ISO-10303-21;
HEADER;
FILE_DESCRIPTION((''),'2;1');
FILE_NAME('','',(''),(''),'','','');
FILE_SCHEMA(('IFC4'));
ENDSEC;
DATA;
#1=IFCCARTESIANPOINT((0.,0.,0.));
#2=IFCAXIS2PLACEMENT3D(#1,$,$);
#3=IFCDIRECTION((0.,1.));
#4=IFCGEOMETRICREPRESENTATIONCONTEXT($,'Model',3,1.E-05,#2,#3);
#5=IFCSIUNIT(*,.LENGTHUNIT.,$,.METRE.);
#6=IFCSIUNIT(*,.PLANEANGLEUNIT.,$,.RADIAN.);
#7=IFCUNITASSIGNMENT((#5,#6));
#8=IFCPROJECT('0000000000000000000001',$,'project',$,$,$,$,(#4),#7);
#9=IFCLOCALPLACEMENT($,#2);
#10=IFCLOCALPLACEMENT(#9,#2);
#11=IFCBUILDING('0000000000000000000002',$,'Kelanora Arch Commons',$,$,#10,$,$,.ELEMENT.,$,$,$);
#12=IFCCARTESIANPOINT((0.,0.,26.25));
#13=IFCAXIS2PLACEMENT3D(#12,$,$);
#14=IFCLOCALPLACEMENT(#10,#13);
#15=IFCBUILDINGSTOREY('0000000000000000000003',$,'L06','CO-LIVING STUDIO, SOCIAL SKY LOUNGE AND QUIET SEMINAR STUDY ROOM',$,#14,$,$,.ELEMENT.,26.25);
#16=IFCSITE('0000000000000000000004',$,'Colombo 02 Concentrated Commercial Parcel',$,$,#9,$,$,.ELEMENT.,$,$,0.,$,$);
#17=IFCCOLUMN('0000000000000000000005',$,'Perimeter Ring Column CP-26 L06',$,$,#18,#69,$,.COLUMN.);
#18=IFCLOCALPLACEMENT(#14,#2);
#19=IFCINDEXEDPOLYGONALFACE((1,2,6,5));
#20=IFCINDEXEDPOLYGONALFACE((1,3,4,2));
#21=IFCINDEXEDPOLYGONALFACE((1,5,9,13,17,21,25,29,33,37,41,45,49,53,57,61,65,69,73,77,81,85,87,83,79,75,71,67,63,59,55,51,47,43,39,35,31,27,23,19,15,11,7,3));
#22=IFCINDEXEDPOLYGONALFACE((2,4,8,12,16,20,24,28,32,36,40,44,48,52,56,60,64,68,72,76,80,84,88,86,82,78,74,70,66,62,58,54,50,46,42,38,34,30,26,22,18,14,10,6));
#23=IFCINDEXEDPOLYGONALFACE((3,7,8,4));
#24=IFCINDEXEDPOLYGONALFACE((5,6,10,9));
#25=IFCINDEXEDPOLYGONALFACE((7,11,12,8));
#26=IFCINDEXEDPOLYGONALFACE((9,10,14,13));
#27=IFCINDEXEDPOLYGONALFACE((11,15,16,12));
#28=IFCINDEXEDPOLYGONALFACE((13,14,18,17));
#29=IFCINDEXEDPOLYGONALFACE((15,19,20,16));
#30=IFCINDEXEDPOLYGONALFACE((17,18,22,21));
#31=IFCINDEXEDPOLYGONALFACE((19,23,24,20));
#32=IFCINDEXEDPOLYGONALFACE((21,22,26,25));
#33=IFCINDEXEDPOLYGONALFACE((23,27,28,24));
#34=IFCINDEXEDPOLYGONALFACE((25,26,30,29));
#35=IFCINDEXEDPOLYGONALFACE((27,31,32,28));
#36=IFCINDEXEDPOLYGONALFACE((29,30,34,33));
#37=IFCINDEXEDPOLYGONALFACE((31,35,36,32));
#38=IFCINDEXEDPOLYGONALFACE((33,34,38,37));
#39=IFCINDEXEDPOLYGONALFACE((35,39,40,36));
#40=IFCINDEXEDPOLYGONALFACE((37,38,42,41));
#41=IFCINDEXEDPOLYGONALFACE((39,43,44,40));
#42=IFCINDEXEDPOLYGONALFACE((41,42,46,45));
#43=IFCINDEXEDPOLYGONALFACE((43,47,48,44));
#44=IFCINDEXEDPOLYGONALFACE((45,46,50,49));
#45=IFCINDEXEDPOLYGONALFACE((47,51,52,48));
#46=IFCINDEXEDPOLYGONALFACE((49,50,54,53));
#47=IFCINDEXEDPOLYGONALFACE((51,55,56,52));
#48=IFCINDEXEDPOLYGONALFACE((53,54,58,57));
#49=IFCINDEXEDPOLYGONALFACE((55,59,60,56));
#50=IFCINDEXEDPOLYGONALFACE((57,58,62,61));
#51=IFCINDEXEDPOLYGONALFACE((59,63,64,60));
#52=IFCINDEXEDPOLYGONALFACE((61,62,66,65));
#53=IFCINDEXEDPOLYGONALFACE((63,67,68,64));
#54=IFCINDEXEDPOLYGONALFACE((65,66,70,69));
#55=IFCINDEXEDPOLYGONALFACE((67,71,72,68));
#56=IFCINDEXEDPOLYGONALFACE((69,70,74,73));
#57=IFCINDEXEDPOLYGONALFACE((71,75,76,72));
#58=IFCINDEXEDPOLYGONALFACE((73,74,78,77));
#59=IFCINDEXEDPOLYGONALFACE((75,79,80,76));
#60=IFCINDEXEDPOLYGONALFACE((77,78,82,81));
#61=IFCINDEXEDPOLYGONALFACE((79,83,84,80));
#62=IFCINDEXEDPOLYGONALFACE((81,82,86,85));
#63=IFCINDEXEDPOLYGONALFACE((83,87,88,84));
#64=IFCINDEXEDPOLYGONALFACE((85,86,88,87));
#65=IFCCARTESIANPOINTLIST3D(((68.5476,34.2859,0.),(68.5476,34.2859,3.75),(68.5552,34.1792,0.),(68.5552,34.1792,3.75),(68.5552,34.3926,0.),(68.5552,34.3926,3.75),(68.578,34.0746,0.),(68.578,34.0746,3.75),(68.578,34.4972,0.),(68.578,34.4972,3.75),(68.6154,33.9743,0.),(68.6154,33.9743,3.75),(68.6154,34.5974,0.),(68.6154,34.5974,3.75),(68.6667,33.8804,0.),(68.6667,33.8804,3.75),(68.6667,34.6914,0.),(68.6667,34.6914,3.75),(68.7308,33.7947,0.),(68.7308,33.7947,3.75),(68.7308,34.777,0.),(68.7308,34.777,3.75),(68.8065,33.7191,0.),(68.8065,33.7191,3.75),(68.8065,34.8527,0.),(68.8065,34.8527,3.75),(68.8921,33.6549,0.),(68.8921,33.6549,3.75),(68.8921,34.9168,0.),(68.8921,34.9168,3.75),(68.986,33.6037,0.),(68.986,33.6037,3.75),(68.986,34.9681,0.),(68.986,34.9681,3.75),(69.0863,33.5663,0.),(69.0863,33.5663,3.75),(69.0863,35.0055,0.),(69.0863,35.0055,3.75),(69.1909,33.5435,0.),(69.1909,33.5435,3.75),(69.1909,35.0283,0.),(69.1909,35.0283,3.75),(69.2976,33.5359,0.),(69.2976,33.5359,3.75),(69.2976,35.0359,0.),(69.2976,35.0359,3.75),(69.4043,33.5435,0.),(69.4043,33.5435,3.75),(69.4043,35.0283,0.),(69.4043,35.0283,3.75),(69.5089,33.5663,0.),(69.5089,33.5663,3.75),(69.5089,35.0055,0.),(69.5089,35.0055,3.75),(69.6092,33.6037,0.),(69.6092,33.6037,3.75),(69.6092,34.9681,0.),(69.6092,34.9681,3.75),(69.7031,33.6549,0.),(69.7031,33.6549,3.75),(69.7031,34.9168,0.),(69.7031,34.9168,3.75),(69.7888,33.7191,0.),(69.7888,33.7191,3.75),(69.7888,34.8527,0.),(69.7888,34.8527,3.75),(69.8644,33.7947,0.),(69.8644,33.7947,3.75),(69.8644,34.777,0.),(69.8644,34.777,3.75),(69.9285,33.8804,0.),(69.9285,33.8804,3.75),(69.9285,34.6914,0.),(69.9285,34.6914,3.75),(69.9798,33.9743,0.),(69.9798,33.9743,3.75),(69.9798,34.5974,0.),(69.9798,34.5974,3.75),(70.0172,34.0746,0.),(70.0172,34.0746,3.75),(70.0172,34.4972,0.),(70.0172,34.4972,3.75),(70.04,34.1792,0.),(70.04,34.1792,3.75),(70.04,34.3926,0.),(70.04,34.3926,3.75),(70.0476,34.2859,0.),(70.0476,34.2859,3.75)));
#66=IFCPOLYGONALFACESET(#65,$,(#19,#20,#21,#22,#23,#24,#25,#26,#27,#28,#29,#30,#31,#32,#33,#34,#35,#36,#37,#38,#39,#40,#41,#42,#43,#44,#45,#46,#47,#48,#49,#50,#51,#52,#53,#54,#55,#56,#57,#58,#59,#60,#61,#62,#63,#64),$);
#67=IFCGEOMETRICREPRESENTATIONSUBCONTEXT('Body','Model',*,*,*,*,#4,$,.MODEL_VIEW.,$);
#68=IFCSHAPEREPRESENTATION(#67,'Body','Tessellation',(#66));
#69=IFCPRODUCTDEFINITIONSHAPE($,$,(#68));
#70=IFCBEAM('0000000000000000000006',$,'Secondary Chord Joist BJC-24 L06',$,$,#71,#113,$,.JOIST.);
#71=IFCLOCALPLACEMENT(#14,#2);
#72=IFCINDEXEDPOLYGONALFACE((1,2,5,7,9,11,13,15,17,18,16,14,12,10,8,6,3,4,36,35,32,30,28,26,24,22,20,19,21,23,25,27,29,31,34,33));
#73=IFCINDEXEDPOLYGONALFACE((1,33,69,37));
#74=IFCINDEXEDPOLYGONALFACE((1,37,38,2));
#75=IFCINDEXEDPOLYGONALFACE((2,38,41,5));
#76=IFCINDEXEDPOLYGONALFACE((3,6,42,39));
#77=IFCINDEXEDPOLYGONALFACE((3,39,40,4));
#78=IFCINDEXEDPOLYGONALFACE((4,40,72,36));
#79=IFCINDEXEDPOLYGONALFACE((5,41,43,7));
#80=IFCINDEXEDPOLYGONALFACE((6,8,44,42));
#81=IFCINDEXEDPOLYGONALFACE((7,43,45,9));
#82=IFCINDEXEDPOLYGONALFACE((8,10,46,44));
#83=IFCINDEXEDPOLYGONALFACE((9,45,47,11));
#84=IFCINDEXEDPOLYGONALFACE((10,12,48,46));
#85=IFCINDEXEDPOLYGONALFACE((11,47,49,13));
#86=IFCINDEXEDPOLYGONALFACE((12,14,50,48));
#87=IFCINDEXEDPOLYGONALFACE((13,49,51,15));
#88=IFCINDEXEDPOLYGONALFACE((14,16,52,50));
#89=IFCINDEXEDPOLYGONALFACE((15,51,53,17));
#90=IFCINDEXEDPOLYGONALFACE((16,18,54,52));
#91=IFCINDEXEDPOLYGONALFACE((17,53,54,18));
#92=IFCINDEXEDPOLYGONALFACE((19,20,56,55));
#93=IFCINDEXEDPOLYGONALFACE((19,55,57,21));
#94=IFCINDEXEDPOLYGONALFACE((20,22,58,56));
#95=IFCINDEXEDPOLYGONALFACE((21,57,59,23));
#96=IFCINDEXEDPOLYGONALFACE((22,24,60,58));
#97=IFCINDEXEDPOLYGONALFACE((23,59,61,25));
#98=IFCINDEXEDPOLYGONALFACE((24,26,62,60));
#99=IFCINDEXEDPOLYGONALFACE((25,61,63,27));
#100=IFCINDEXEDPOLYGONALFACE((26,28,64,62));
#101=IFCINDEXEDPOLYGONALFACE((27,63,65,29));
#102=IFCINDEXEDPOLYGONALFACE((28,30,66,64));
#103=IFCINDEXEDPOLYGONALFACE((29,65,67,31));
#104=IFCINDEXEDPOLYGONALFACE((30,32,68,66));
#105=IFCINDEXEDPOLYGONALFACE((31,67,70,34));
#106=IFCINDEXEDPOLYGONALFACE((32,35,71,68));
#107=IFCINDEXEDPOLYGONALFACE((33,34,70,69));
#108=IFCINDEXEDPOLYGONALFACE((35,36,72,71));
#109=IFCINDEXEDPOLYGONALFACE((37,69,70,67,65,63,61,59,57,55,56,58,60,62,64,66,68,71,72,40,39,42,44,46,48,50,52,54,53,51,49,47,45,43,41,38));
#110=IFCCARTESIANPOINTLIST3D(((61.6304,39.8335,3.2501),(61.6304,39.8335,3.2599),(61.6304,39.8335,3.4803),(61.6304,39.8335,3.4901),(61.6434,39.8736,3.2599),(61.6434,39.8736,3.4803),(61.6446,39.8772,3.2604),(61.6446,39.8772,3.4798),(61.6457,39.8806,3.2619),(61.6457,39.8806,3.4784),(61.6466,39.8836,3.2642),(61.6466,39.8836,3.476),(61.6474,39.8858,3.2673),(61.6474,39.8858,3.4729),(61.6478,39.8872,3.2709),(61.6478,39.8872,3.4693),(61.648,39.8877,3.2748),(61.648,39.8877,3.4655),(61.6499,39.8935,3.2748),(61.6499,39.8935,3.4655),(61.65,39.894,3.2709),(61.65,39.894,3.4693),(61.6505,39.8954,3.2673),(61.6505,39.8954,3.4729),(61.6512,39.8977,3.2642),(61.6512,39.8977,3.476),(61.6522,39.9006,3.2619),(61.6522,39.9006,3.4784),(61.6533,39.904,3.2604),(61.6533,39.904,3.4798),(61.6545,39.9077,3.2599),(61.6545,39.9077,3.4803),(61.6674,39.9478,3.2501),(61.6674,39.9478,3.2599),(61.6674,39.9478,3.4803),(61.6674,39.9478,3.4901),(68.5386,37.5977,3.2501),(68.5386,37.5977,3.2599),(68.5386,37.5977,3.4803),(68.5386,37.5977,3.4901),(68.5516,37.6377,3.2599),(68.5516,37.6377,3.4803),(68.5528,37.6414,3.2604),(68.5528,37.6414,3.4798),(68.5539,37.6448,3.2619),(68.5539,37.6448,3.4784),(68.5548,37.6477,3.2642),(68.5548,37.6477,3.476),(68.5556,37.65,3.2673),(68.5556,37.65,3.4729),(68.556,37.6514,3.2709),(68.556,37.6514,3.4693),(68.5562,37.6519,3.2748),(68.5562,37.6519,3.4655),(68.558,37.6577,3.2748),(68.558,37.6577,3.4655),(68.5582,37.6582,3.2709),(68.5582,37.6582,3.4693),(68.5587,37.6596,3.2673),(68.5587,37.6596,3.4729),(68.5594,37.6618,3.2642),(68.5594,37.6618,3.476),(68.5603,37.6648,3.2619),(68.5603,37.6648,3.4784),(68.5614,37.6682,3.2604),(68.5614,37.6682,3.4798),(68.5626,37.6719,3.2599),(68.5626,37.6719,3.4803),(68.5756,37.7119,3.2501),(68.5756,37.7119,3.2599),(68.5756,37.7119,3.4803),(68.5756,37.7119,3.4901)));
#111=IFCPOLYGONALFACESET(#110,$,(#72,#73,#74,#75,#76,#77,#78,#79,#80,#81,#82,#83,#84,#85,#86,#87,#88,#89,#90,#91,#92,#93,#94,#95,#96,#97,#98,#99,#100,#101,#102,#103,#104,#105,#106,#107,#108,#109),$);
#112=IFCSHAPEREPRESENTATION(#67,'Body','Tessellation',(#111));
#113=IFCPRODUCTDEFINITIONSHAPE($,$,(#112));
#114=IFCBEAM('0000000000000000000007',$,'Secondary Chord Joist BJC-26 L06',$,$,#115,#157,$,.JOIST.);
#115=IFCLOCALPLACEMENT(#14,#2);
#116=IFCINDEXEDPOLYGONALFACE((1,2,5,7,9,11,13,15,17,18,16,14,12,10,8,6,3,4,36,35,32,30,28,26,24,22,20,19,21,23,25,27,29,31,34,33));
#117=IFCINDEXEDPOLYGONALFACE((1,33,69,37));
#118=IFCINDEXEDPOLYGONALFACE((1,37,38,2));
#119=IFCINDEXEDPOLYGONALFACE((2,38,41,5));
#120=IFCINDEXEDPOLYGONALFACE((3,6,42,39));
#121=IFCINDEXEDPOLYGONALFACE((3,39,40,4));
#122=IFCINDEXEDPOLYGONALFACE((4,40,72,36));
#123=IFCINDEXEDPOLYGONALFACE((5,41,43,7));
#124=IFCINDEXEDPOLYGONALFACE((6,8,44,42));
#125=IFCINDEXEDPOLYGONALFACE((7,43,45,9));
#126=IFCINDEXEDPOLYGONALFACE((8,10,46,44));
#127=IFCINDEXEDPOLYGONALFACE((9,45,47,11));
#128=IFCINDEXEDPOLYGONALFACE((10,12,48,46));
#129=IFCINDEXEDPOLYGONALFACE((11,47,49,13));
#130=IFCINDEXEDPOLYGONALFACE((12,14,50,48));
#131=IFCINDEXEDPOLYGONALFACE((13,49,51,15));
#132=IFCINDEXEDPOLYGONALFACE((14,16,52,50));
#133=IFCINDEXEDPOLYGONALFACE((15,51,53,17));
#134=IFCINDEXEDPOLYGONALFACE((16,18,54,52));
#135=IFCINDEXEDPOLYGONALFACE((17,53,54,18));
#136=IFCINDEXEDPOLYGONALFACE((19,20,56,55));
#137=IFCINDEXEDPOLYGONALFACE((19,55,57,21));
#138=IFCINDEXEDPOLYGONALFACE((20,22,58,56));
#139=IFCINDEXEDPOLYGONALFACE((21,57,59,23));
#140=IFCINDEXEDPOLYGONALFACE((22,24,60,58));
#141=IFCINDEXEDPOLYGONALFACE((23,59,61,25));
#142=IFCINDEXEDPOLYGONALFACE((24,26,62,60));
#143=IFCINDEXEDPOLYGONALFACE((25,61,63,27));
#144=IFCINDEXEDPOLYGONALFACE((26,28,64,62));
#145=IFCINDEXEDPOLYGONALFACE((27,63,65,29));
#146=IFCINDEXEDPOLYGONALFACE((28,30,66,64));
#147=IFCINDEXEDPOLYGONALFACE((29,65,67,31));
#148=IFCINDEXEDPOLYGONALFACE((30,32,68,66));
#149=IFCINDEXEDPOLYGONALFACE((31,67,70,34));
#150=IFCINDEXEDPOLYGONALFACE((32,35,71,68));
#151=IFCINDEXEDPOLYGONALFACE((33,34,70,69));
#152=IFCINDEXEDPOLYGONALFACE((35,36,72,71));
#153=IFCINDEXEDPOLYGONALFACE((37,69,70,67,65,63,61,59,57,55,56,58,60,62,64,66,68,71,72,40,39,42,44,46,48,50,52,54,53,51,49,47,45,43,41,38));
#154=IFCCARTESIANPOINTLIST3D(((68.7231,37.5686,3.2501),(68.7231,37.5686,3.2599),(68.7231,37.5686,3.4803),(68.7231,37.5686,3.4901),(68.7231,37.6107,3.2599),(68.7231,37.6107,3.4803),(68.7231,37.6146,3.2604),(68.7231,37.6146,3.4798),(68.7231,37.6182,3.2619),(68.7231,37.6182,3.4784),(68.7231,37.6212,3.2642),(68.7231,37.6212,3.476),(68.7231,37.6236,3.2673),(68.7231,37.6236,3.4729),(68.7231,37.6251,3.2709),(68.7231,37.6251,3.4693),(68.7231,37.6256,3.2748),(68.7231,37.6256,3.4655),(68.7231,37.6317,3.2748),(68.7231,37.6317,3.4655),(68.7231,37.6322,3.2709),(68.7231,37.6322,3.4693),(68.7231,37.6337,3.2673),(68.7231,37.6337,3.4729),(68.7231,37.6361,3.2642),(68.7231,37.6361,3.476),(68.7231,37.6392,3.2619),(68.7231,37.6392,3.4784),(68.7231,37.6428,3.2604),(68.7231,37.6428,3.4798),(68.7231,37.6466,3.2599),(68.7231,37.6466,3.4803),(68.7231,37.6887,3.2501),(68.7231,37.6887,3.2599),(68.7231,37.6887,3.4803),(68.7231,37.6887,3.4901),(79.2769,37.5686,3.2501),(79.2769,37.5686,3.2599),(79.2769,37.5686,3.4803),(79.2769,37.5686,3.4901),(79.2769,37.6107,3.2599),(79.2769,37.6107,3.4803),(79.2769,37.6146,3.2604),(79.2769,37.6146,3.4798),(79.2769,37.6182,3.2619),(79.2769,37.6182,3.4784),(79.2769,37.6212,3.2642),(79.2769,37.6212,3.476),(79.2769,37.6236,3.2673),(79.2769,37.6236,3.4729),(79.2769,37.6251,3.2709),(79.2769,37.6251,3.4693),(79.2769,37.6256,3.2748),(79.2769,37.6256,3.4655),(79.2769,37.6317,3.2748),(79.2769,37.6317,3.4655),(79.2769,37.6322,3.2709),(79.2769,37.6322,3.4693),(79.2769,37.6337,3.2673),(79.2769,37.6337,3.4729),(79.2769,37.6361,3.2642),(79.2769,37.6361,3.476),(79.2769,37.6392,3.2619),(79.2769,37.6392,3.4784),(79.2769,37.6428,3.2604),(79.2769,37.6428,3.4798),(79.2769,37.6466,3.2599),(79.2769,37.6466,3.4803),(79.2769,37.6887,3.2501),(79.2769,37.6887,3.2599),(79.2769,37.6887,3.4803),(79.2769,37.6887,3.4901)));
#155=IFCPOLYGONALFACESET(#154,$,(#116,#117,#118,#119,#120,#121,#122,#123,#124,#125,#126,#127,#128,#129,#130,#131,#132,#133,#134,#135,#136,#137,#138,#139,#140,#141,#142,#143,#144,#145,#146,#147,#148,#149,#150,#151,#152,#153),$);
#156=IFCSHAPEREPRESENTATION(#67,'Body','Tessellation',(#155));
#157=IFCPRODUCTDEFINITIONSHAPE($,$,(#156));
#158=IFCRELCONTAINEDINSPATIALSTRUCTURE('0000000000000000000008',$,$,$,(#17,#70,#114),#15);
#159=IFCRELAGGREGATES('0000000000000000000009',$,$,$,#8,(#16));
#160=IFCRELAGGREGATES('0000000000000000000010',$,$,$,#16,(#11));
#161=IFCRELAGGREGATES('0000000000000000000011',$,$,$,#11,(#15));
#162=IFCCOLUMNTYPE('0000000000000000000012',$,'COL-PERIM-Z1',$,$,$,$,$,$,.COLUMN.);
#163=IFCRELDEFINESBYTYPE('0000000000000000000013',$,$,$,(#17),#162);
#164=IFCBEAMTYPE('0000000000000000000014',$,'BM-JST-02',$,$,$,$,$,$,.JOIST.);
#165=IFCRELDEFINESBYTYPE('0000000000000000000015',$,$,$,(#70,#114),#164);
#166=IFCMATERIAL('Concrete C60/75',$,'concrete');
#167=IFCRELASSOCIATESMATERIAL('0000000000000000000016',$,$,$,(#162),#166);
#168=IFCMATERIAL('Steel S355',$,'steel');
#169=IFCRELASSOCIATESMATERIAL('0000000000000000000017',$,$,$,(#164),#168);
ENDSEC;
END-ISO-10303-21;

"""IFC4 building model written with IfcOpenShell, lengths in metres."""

from ifc_helpers import new_model, si_unit, direction, frame, origin, origin_2d, place, context, subcontext, project, spatial, circle, i_section, extrude, material, material_profile, profile_set, type_object, element, save


model = new_model("IFC4")

# Units and contexts
model_context = context("Model", 3, precision=1e-05, world=origin(), true_north=direction((0.0, 1.0)))
body_context = subcontext(model_context, "Body", "Model", "MODEL_VIEW")
ifc_project = project(units=[si_unit("LENGTHUNIT", "METRE"), si_unit("PLANEANGLEUNIT", "RADIAN")], contexts=[model_context])

# Site, building, storey
site_placement = place(None, origin())
site = spatial("IfcSite", under=ifc_project, at=site_placement, Name="Colombo 02 Concentrated Commercial Parcel", CompositionType="ELEMENT", RefElevation=0.0)
building_placement = place(site_placement, origin())
building = spatial("IfcBuilding", under=site, at=building_placement, Name="Kelanora Arch Commons", CompositionType="ELEMENT")
storey_placement = place(building_placement, frame((0.0, 0.0, 26.25)))
storey = spatial("IfcBuildingStorey", under=building, at=storey_placement, Name="L06", Description="CO-LIVING STUDIO, SOCIAL SKY LOUNGE AND QUIET SEMINAR STUDY ROOM", CompositionType="ELEMENT", Elevation=26.25)

# Column
ifc_material_1 = material(Name="Concrete C60/75", Category="concrete")
ifc_material_profile_1 = material_profile(ifc_material_1, circle(Radius=0.75, at=origin_2d()), Name="RCC1500")
ifc_profile_set_1 = profile_set([ifc_material_profile_1], Name="Concrete C60/75")
column_type = type_object("IfcColumnType", Name="COL-PERIM-Z1", PredefinedType="COLUMN", material=ifc_profile_set_1)
column_placement = place(storey_placement, frame((69.2976, 34.2859, 0.0), z_axis=(0.0, 0.0, 1.0), x_axis=(1.0, 0.0, 0.0)))
element("IfcColumn", 1, at=column_placement, inside=storey, type_object=column_type, Name="Perimeter Ring Column CP-26 L06", PredefinedType="COLUMN", context=body_context, shape_type="SweptSolid", body=[
    extrude(circle(Radius=0.75, at=origin_2d()), origin(), (0.0, 0.0, 1.0), 3.75),
])

# Beams
ifc_material_2 = material(Name="Steel S355", Category="steel")
ifc_material_profile_2 = material_profile(ifc_material_2, i_section(OverallWidth=0.1201, OverallDepth=0.24, WebThickness=0.0061, FlangeThickness=0.0098, FilletRadius=0.0149, at=origin_2d()), Name="IPE240")
ifc_profile_set_2 = profile_set([ifc_material_profile_2], Name="Steel S355")
beam_type_1 = type_object("IfcBeamType", Name="BM-JST-02", PredefinedType="JOIST", material=ifc_profile_set_2)
beam_1_placement = place(storey_placement, frame((61.6489, 39.8906, 3.3701), z_axis=(0.951411, -0.307924, 0.0), x_axis=(0.307924, 0.951411, 0.0)))
element("IfcBeam", 2, at=beam_1_placement, inside=storey, type_object=beam_type_1, Name="Secondary Chord Joist BJC-24 L06", PredefinedType="JOIST", context=body_context, shape_type="SweptSolid", body=[
    extrude(i_section(OverallWidth=0.1201, OverallDepth=0.24, WebThickness=0.0061, FlangeThickness=0.0098, FilletRadius=0.0149, at=origin_2d()), origin(), (0.0, 0.0, 1.0), 7.261),
])
beam_2_placement = place(storey_placement, frame((68.7231, 37.6287, 3.3701), z_axis=(1.0, 0.0, 0.0), x_axis=(0.0, 1.0, 0.0)))
element("IfcBeam", 3, at=beam_2_placement, inside=storey, type_object=beam_type_1, Name="Secondary Chord Joist BJC-26 L06", PredefinedType="JOIST", context=body_context, shape_type="SweptSolid", body=[
    extrude(i_section(OverallWidth=0.1201, OverallDepth=0.24, WebThickness=0.0061, FlangeThickness=0.0098, FilletRadius=0.0149, at=origin_2d()), origin(), (0.0, 0.0, 1.0), 10.5537),
])

save(model, "model.ifc")
